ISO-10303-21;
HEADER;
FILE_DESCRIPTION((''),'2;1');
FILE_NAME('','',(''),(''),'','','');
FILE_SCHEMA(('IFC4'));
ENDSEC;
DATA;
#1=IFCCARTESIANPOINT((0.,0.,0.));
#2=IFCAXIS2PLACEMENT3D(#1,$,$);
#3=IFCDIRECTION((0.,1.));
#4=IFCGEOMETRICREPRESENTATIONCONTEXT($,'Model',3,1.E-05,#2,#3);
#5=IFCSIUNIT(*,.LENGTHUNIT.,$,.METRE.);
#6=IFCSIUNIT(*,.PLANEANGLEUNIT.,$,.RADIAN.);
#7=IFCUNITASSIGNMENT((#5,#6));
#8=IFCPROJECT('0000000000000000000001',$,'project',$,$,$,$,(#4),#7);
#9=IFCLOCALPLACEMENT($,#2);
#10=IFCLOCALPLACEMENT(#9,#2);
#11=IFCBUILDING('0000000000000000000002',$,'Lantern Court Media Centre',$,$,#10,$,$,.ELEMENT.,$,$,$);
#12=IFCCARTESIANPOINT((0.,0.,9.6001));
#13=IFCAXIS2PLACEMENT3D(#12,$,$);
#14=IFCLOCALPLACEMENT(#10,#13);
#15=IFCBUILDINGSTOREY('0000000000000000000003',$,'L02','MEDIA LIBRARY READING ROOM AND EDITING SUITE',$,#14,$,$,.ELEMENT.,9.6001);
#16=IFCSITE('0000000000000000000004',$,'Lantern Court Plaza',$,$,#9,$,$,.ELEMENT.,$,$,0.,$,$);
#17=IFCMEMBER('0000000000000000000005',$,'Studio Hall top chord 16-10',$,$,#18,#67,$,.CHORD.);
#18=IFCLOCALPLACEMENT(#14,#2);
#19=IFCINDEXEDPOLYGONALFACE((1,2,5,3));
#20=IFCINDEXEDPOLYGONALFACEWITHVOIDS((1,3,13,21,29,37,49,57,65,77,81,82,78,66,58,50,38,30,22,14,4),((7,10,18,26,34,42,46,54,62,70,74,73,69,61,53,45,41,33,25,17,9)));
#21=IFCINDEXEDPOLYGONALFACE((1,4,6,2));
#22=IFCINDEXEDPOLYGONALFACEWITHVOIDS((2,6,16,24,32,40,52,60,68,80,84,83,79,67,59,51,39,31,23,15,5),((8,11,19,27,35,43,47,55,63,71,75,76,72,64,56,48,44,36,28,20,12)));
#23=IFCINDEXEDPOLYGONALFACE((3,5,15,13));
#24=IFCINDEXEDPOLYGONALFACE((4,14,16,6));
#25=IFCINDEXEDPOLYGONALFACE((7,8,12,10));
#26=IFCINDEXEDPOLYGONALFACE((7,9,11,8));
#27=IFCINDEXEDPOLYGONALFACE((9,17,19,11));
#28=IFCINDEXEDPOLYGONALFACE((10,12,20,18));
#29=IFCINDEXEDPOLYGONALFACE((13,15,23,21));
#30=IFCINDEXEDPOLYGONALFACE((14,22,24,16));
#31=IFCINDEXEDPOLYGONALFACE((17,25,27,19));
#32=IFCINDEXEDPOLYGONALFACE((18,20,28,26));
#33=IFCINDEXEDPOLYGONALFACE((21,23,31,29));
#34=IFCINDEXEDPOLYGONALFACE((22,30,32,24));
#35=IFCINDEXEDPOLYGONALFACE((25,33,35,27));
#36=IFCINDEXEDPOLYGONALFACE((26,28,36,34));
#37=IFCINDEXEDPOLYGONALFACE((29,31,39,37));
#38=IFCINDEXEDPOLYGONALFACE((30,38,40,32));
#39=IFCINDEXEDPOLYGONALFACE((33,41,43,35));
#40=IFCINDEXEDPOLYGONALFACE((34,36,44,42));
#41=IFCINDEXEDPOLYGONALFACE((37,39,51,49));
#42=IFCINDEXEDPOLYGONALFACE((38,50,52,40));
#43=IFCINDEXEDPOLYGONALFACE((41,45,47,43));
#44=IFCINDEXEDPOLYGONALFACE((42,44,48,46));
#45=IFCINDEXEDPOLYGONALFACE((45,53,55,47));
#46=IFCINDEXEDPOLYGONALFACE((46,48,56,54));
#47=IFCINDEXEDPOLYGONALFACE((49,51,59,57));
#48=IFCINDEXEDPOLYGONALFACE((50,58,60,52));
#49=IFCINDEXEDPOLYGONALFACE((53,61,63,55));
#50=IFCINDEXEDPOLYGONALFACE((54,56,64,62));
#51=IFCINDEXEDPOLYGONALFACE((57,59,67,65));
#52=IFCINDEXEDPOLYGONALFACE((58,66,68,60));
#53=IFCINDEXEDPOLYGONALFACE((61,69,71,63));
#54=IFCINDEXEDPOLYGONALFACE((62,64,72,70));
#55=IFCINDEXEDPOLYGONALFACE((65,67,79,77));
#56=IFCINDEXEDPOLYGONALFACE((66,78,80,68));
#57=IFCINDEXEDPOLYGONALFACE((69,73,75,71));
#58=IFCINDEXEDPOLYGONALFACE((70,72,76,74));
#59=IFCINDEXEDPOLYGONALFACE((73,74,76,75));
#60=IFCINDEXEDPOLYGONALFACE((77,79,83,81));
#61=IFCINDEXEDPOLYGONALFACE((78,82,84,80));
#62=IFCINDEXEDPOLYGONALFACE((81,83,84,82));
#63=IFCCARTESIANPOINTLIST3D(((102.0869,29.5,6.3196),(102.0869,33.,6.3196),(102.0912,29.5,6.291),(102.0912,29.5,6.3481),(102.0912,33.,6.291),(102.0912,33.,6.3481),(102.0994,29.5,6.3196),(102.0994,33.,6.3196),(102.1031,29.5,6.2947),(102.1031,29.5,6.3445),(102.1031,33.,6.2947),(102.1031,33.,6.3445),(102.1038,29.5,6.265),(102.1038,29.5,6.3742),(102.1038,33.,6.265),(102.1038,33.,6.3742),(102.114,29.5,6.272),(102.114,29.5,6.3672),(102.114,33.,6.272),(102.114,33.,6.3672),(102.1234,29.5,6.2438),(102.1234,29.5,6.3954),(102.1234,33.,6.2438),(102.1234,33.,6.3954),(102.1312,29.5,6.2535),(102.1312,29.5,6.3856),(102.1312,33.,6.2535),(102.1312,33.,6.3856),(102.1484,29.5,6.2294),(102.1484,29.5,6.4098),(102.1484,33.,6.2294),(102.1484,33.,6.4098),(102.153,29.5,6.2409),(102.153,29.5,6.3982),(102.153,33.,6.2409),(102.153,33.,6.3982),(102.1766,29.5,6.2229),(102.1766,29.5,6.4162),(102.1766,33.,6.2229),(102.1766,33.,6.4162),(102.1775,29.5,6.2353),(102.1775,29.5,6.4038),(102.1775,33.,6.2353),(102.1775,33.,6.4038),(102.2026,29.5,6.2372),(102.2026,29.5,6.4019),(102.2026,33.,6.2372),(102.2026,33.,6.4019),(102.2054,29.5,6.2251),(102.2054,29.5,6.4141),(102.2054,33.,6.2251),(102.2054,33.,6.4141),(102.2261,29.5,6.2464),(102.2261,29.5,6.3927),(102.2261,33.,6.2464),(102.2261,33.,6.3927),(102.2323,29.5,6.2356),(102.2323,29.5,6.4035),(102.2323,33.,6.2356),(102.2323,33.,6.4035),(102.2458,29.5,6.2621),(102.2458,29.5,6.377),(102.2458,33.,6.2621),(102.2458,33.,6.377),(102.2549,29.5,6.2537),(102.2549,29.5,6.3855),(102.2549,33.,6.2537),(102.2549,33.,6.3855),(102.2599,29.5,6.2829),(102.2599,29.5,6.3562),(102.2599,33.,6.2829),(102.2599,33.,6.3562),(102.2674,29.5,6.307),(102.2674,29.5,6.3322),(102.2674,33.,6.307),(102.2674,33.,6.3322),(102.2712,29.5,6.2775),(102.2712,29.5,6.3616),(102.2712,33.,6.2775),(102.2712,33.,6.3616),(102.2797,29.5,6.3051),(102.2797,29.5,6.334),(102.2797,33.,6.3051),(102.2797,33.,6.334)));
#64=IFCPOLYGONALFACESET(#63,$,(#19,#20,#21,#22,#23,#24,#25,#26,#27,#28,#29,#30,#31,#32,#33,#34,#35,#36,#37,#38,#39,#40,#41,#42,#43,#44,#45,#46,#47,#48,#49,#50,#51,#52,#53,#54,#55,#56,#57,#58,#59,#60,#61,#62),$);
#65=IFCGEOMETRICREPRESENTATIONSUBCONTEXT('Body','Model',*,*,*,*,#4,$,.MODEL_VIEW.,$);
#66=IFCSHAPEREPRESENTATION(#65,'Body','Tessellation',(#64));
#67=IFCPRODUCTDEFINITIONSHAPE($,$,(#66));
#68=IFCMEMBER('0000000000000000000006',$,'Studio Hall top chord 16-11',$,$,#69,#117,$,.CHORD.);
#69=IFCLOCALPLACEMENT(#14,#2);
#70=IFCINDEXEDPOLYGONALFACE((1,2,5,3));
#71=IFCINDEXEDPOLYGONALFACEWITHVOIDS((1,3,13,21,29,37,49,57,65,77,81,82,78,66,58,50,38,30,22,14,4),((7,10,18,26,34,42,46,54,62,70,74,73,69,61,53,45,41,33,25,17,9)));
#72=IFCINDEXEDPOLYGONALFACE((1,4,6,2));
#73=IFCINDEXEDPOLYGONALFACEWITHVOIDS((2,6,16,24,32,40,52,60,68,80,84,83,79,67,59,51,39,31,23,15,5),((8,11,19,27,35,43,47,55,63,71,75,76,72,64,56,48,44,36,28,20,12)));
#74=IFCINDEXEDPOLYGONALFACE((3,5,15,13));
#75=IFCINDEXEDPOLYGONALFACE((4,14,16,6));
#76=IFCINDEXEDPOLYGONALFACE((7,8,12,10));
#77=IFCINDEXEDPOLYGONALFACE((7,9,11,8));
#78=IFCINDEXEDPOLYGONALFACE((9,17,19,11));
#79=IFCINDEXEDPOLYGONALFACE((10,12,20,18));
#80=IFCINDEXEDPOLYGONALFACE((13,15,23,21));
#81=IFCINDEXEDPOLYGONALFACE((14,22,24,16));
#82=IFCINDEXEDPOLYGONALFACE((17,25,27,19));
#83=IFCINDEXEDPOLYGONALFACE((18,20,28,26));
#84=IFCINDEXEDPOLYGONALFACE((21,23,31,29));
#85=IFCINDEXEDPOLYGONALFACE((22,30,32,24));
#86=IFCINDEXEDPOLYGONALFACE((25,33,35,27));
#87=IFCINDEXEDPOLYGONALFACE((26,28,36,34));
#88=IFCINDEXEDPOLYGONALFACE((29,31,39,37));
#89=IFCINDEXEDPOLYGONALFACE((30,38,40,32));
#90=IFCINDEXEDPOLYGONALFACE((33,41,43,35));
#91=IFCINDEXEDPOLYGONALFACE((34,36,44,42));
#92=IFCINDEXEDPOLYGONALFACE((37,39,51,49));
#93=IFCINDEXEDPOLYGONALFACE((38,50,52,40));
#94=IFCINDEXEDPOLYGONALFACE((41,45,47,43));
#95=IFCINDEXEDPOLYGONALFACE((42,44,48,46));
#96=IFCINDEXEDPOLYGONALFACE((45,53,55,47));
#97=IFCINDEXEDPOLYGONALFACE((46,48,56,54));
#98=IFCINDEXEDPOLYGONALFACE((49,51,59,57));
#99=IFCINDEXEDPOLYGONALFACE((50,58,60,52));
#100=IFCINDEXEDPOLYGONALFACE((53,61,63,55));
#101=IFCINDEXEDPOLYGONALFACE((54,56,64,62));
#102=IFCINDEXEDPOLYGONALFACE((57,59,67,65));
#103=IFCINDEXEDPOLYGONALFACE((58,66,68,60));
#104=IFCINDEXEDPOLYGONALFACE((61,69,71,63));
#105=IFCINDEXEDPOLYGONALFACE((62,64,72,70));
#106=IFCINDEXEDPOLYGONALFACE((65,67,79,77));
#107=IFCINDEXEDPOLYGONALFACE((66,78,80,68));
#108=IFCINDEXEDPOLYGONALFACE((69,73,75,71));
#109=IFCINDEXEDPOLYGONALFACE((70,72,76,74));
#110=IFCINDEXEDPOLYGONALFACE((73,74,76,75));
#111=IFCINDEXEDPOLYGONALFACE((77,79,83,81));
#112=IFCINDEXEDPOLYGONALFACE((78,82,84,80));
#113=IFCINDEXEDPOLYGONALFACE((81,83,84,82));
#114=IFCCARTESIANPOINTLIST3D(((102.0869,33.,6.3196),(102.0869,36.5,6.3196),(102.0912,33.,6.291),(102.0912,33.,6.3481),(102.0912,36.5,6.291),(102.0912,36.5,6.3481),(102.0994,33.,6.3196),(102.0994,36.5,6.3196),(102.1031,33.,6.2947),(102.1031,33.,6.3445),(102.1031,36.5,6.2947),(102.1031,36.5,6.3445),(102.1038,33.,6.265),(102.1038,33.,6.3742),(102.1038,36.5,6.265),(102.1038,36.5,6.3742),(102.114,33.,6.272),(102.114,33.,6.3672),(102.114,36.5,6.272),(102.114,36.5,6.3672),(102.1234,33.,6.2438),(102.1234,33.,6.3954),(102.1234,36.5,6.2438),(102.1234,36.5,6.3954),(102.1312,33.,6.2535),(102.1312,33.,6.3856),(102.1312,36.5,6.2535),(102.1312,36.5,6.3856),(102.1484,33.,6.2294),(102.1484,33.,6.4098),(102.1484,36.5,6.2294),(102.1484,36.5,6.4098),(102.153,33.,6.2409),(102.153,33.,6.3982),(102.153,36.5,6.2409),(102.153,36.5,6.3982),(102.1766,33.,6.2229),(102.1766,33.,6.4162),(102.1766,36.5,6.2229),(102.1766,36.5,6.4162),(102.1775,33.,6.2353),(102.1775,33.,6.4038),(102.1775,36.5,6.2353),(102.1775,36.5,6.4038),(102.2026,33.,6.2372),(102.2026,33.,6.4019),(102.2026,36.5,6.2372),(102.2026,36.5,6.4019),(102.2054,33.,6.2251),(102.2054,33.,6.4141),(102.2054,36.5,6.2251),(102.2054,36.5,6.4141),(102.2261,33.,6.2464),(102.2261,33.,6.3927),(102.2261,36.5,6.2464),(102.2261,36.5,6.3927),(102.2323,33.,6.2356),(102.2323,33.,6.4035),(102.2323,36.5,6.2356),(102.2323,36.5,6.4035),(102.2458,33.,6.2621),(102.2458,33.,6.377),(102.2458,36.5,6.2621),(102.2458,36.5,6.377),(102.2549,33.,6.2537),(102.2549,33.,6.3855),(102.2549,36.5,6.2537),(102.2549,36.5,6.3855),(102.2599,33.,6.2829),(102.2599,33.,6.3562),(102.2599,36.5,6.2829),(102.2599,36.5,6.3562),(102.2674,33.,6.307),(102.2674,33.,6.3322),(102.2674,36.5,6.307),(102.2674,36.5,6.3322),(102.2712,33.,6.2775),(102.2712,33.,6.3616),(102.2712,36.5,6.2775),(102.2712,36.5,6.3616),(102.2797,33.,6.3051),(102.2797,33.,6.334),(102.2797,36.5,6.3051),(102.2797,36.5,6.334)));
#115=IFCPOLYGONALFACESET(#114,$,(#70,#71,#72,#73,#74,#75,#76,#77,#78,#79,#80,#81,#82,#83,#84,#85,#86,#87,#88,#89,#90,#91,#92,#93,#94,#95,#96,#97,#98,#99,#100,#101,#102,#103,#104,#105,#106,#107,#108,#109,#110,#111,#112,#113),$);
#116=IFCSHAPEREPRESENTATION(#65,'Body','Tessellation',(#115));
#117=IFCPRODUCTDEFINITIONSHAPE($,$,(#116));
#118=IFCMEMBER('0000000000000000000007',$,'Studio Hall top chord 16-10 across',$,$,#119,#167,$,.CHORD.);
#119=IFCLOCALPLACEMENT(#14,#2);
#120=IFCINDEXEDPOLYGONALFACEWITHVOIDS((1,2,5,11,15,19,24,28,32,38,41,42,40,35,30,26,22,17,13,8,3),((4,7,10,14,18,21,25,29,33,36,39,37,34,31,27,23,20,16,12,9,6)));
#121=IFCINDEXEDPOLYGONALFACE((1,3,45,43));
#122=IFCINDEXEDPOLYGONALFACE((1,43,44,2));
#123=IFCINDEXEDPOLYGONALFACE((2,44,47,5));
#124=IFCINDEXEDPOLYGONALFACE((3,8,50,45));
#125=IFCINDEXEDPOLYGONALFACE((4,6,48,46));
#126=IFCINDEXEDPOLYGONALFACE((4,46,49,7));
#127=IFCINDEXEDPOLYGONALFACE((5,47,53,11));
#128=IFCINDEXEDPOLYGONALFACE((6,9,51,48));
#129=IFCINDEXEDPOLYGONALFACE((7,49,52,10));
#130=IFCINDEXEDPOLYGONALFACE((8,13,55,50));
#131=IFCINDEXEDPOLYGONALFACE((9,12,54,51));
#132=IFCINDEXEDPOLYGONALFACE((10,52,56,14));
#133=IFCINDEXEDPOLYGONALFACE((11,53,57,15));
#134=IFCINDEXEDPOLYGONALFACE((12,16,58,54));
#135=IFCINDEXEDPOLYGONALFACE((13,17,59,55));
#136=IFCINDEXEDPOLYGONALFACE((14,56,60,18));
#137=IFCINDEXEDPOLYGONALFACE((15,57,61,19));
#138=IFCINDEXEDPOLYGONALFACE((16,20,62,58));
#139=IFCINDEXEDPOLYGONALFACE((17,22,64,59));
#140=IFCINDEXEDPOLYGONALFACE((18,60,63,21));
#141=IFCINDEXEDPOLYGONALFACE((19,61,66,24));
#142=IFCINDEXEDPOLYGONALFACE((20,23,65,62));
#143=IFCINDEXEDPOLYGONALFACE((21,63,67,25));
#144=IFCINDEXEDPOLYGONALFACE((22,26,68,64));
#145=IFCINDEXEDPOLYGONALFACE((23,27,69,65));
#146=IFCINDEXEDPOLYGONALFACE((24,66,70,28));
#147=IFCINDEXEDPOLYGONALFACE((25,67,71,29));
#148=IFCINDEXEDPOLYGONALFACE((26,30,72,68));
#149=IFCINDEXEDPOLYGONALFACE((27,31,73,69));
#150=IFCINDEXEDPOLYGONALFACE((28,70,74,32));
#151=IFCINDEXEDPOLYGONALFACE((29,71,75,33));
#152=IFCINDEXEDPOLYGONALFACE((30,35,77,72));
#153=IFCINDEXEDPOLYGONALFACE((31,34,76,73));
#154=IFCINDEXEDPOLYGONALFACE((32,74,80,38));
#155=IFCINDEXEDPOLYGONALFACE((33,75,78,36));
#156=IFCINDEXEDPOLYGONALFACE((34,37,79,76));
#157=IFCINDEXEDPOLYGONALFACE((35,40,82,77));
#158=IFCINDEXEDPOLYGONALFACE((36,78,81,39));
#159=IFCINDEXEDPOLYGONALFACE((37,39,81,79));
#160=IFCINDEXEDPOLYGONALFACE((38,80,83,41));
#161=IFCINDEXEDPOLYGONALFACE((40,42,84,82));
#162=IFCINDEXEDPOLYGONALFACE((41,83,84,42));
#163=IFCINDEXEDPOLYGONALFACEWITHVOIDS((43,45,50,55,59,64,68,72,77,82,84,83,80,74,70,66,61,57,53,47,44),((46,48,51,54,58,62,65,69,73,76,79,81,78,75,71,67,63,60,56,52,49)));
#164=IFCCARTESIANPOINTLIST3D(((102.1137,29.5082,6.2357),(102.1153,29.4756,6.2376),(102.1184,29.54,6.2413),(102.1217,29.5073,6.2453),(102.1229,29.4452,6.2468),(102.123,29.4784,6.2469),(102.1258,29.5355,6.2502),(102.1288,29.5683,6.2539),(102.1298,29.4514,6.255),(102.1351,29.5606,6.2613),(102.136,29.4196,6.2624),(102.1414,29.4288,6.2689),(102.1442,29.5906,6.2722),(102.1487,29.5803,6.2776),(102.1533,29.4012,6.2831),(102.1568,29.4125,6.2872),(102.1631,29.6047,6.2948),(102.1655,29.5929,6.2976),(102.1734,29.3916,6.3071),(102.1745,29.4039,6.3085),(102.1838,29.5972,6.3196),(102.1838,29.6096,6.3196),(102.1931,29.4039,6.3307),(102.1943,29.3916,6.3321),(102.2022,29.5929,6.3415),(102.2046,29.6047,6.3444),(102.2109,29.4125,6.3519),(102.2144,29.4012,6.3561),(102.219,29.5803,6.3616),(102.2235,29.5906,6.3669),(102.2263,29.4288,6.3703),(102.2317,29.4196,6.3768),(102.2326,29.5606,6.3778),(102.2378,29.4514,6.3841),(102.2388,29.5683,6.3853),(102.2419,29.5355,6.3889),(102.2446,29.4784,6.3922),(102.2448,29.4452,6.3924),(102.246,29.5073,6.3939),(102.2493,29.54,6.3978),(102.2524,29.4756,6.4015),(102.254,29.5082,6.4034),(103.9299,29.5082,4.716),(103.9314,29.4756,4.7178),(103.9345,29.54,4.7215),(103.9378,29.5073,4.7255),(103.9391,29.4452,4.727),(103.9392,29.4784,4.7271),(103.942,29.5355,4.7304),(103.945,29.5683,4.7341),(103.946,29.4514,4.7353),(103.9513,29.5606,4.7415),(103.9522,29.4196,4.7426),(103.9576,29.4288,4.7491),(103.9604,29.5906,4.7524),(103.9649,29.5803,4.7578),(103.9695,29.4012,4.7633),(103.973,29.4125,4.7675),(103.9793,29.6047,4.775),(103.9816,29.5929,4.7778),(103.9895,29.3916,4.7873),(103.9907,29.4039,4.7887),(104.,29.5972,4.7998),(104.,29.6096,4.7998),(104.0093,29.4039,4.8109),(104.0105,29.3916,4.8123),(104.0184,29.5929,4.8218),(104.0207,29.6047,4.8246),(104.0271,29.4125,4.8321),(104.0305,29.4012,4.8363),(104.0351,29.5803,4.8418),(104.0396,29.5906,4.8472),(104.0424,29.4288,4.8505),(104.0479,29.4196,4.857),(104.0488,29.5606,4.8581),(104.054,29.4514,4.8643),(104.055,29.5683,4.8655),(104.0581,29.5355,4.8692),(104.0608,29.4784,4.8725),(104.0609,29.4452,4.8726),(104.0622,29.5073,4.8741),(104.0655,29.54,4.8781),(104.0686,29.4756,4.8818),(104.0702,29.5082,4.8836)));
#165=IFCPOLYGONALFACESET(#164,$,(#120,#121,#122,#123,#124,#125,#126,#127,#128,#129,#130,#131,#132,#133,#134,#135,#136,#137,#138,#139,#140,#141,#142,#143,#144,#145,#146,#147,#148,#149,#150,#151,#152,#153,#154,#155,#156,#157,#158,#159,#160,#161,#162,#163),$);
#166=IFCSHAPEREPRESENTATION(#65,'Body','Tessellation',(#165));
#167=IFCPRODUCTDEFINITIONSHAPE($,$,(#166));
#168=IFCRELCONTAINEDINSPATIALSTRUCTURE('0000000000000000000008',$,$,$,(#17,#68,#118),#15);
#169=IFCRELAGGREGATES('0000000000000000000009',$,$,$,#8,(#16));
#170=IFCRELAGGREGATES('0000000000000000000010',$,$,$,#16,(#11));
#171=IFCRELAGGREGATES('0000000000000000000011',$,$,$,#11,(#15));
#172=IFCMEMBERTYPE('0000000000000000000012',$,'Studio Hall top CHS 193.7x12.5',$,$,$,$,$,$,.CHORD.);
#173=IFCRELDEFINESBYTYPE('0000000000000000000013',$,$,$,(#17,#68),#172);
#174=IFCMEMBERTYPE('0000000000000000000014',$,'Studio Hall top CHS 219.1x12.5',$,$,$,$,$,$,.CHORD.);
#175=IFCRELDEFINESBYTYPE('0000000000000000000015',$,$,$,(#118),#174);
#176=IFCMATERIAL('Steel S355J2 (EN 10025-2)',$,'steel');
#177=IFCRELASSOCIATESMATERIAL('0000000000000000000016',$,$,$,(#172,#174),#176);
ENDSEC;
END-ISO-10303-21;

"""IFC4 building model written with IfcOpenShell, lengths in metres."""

from ifc_helpers import new_model, si_unit, direction, frame, origin, origin_2d, place, context, subcontext, project, spatial, hollow_circle, extrude, material, material_profile, profile_set, type_object, element, save


model = new_model("IFC4")

# Units and contexts
model_context = context("Model", 3, precision=1e-05, world=origin(), true_north=direction((0.0, 1.0)))
body_context = subcontext(model_context, "Body", "Model", "MODEL_VIEW")
ifc_project = project(units=[si_unit("LENGTHUNIT", "METRE"), si_unit("PLANEANGLEUNIT", "RADIAN")], contexts=[model_context])

# Site, building, storey
site_placement = place(None, origin())
site = spatial("IfcSite", under=ifc_project, at=site_placement, Name="Lantern Court Plaza", CompositionType="ELEMENT", RefElevation=0.0)
building_placement = place(site_placement, origin())
building = spatial("IfcBuilding", under=site, at=building_placement, Name="Lantern Court Media Centre", CompositionType="ELEMENT")
storey_placement = place(building_placement, frame((0.0, 0.0, 9.6001)))
storey = spatial("IfcBuildingStorey", under=building, at=storey_placement, Name="L02", Description="MEDIA LIBRARY READING ROOM AND EDITING SUITE", CompositionType="ELEMENT", Elevation=9.6001)

# Members
ifc_material = material(Name="Steel S355J2 (EN 10025-2)", Category="steel")
ifc_material_profile_1 = material_profile(ifc_material, hollow_circle(Radius=0.0969, WallThickness=0.0125, at=origin_2d()), Name="Studio Hall top CHS 193.7x12.5")
ifc_profile_set_1 = profile_set([ifc_material_profile_1], Name="Steel S355J2 (EN 10025-2)")
member_type_1 = type_object("IfcMemberType", Name="Studio Hall top CHS 193.7x12.5", PredefinedType="CHORD", material=ifc_profile_set_1)
for number, where, z_axis, x_axis, name in (
    (1, (102.1838, 29.5, 6.3196), (0.0, 1.0, 0.0), (-1.0, 0.0, 0.0), "Studio Hall top chord 16-10"),
    (2, (102.1838, 33.0, 6.3196), (0.0, 1.0, 0.0), (-1.0, 0.0, 0.0), "Studio Hall top chord 16-11"),
):
    element("IfcMember", number, at=place(storey_placement, frame(where, z_axis=z_axis, x_axis=x_axis)), inside=storey, type_object=member_type_1, Name=name, PredefinedType="CHORD", context=body_context, shape_type="SweptSolid", body=[
        extrude(hollow_circle(Radius=0.0969, WallThickness=0.0125, at=origin_2d()), origin(), (0.0, 0.0, 1.0), 3.5),
    ])
ifc_material_profile_2 = material_profile(ifc_material, hollow_circle(Radius=0.1096, WallThickness=0.0125, at=origin_2d()), Name="Studio Hall top CHS 219.1x12.5")
ifc_profile_set_2 = profile_set([ifc_material_profile_2], Name="Steel S355J2 (EN 10025-2)")
member_type_2 = type_object("IfcMemberType", Name="Studio Hall top CHS 219.1x12.5", PredefinedType="CHORD", material=ifc_profile_set_2)
for number, where, z_axis, x_axis, name in (
    (3, (102.1838, 29.5, 6.3196), (0.76691, 0.0, -0.641755), (0.0, 1.0, 0.0), "Studio Hall top chord 16-10 across"),
):
    element("IfcMember", number, at=place(storey_placement, frame(where, z_axis=z_axis, x_axis=x_axis)), inside=storey, type_object=member_type_2, Name=name, PredefinedType="CHORD", context=body_context, shape_type="SweptSolid", body=[
        extrude(hollow_circle(Radius=0.1096, WallThickness=0.0125, at=origin_2d()), origin(), (0.0, 0.0, 1.0), 2.3682),
    ])

save(model, "model.ifc")
